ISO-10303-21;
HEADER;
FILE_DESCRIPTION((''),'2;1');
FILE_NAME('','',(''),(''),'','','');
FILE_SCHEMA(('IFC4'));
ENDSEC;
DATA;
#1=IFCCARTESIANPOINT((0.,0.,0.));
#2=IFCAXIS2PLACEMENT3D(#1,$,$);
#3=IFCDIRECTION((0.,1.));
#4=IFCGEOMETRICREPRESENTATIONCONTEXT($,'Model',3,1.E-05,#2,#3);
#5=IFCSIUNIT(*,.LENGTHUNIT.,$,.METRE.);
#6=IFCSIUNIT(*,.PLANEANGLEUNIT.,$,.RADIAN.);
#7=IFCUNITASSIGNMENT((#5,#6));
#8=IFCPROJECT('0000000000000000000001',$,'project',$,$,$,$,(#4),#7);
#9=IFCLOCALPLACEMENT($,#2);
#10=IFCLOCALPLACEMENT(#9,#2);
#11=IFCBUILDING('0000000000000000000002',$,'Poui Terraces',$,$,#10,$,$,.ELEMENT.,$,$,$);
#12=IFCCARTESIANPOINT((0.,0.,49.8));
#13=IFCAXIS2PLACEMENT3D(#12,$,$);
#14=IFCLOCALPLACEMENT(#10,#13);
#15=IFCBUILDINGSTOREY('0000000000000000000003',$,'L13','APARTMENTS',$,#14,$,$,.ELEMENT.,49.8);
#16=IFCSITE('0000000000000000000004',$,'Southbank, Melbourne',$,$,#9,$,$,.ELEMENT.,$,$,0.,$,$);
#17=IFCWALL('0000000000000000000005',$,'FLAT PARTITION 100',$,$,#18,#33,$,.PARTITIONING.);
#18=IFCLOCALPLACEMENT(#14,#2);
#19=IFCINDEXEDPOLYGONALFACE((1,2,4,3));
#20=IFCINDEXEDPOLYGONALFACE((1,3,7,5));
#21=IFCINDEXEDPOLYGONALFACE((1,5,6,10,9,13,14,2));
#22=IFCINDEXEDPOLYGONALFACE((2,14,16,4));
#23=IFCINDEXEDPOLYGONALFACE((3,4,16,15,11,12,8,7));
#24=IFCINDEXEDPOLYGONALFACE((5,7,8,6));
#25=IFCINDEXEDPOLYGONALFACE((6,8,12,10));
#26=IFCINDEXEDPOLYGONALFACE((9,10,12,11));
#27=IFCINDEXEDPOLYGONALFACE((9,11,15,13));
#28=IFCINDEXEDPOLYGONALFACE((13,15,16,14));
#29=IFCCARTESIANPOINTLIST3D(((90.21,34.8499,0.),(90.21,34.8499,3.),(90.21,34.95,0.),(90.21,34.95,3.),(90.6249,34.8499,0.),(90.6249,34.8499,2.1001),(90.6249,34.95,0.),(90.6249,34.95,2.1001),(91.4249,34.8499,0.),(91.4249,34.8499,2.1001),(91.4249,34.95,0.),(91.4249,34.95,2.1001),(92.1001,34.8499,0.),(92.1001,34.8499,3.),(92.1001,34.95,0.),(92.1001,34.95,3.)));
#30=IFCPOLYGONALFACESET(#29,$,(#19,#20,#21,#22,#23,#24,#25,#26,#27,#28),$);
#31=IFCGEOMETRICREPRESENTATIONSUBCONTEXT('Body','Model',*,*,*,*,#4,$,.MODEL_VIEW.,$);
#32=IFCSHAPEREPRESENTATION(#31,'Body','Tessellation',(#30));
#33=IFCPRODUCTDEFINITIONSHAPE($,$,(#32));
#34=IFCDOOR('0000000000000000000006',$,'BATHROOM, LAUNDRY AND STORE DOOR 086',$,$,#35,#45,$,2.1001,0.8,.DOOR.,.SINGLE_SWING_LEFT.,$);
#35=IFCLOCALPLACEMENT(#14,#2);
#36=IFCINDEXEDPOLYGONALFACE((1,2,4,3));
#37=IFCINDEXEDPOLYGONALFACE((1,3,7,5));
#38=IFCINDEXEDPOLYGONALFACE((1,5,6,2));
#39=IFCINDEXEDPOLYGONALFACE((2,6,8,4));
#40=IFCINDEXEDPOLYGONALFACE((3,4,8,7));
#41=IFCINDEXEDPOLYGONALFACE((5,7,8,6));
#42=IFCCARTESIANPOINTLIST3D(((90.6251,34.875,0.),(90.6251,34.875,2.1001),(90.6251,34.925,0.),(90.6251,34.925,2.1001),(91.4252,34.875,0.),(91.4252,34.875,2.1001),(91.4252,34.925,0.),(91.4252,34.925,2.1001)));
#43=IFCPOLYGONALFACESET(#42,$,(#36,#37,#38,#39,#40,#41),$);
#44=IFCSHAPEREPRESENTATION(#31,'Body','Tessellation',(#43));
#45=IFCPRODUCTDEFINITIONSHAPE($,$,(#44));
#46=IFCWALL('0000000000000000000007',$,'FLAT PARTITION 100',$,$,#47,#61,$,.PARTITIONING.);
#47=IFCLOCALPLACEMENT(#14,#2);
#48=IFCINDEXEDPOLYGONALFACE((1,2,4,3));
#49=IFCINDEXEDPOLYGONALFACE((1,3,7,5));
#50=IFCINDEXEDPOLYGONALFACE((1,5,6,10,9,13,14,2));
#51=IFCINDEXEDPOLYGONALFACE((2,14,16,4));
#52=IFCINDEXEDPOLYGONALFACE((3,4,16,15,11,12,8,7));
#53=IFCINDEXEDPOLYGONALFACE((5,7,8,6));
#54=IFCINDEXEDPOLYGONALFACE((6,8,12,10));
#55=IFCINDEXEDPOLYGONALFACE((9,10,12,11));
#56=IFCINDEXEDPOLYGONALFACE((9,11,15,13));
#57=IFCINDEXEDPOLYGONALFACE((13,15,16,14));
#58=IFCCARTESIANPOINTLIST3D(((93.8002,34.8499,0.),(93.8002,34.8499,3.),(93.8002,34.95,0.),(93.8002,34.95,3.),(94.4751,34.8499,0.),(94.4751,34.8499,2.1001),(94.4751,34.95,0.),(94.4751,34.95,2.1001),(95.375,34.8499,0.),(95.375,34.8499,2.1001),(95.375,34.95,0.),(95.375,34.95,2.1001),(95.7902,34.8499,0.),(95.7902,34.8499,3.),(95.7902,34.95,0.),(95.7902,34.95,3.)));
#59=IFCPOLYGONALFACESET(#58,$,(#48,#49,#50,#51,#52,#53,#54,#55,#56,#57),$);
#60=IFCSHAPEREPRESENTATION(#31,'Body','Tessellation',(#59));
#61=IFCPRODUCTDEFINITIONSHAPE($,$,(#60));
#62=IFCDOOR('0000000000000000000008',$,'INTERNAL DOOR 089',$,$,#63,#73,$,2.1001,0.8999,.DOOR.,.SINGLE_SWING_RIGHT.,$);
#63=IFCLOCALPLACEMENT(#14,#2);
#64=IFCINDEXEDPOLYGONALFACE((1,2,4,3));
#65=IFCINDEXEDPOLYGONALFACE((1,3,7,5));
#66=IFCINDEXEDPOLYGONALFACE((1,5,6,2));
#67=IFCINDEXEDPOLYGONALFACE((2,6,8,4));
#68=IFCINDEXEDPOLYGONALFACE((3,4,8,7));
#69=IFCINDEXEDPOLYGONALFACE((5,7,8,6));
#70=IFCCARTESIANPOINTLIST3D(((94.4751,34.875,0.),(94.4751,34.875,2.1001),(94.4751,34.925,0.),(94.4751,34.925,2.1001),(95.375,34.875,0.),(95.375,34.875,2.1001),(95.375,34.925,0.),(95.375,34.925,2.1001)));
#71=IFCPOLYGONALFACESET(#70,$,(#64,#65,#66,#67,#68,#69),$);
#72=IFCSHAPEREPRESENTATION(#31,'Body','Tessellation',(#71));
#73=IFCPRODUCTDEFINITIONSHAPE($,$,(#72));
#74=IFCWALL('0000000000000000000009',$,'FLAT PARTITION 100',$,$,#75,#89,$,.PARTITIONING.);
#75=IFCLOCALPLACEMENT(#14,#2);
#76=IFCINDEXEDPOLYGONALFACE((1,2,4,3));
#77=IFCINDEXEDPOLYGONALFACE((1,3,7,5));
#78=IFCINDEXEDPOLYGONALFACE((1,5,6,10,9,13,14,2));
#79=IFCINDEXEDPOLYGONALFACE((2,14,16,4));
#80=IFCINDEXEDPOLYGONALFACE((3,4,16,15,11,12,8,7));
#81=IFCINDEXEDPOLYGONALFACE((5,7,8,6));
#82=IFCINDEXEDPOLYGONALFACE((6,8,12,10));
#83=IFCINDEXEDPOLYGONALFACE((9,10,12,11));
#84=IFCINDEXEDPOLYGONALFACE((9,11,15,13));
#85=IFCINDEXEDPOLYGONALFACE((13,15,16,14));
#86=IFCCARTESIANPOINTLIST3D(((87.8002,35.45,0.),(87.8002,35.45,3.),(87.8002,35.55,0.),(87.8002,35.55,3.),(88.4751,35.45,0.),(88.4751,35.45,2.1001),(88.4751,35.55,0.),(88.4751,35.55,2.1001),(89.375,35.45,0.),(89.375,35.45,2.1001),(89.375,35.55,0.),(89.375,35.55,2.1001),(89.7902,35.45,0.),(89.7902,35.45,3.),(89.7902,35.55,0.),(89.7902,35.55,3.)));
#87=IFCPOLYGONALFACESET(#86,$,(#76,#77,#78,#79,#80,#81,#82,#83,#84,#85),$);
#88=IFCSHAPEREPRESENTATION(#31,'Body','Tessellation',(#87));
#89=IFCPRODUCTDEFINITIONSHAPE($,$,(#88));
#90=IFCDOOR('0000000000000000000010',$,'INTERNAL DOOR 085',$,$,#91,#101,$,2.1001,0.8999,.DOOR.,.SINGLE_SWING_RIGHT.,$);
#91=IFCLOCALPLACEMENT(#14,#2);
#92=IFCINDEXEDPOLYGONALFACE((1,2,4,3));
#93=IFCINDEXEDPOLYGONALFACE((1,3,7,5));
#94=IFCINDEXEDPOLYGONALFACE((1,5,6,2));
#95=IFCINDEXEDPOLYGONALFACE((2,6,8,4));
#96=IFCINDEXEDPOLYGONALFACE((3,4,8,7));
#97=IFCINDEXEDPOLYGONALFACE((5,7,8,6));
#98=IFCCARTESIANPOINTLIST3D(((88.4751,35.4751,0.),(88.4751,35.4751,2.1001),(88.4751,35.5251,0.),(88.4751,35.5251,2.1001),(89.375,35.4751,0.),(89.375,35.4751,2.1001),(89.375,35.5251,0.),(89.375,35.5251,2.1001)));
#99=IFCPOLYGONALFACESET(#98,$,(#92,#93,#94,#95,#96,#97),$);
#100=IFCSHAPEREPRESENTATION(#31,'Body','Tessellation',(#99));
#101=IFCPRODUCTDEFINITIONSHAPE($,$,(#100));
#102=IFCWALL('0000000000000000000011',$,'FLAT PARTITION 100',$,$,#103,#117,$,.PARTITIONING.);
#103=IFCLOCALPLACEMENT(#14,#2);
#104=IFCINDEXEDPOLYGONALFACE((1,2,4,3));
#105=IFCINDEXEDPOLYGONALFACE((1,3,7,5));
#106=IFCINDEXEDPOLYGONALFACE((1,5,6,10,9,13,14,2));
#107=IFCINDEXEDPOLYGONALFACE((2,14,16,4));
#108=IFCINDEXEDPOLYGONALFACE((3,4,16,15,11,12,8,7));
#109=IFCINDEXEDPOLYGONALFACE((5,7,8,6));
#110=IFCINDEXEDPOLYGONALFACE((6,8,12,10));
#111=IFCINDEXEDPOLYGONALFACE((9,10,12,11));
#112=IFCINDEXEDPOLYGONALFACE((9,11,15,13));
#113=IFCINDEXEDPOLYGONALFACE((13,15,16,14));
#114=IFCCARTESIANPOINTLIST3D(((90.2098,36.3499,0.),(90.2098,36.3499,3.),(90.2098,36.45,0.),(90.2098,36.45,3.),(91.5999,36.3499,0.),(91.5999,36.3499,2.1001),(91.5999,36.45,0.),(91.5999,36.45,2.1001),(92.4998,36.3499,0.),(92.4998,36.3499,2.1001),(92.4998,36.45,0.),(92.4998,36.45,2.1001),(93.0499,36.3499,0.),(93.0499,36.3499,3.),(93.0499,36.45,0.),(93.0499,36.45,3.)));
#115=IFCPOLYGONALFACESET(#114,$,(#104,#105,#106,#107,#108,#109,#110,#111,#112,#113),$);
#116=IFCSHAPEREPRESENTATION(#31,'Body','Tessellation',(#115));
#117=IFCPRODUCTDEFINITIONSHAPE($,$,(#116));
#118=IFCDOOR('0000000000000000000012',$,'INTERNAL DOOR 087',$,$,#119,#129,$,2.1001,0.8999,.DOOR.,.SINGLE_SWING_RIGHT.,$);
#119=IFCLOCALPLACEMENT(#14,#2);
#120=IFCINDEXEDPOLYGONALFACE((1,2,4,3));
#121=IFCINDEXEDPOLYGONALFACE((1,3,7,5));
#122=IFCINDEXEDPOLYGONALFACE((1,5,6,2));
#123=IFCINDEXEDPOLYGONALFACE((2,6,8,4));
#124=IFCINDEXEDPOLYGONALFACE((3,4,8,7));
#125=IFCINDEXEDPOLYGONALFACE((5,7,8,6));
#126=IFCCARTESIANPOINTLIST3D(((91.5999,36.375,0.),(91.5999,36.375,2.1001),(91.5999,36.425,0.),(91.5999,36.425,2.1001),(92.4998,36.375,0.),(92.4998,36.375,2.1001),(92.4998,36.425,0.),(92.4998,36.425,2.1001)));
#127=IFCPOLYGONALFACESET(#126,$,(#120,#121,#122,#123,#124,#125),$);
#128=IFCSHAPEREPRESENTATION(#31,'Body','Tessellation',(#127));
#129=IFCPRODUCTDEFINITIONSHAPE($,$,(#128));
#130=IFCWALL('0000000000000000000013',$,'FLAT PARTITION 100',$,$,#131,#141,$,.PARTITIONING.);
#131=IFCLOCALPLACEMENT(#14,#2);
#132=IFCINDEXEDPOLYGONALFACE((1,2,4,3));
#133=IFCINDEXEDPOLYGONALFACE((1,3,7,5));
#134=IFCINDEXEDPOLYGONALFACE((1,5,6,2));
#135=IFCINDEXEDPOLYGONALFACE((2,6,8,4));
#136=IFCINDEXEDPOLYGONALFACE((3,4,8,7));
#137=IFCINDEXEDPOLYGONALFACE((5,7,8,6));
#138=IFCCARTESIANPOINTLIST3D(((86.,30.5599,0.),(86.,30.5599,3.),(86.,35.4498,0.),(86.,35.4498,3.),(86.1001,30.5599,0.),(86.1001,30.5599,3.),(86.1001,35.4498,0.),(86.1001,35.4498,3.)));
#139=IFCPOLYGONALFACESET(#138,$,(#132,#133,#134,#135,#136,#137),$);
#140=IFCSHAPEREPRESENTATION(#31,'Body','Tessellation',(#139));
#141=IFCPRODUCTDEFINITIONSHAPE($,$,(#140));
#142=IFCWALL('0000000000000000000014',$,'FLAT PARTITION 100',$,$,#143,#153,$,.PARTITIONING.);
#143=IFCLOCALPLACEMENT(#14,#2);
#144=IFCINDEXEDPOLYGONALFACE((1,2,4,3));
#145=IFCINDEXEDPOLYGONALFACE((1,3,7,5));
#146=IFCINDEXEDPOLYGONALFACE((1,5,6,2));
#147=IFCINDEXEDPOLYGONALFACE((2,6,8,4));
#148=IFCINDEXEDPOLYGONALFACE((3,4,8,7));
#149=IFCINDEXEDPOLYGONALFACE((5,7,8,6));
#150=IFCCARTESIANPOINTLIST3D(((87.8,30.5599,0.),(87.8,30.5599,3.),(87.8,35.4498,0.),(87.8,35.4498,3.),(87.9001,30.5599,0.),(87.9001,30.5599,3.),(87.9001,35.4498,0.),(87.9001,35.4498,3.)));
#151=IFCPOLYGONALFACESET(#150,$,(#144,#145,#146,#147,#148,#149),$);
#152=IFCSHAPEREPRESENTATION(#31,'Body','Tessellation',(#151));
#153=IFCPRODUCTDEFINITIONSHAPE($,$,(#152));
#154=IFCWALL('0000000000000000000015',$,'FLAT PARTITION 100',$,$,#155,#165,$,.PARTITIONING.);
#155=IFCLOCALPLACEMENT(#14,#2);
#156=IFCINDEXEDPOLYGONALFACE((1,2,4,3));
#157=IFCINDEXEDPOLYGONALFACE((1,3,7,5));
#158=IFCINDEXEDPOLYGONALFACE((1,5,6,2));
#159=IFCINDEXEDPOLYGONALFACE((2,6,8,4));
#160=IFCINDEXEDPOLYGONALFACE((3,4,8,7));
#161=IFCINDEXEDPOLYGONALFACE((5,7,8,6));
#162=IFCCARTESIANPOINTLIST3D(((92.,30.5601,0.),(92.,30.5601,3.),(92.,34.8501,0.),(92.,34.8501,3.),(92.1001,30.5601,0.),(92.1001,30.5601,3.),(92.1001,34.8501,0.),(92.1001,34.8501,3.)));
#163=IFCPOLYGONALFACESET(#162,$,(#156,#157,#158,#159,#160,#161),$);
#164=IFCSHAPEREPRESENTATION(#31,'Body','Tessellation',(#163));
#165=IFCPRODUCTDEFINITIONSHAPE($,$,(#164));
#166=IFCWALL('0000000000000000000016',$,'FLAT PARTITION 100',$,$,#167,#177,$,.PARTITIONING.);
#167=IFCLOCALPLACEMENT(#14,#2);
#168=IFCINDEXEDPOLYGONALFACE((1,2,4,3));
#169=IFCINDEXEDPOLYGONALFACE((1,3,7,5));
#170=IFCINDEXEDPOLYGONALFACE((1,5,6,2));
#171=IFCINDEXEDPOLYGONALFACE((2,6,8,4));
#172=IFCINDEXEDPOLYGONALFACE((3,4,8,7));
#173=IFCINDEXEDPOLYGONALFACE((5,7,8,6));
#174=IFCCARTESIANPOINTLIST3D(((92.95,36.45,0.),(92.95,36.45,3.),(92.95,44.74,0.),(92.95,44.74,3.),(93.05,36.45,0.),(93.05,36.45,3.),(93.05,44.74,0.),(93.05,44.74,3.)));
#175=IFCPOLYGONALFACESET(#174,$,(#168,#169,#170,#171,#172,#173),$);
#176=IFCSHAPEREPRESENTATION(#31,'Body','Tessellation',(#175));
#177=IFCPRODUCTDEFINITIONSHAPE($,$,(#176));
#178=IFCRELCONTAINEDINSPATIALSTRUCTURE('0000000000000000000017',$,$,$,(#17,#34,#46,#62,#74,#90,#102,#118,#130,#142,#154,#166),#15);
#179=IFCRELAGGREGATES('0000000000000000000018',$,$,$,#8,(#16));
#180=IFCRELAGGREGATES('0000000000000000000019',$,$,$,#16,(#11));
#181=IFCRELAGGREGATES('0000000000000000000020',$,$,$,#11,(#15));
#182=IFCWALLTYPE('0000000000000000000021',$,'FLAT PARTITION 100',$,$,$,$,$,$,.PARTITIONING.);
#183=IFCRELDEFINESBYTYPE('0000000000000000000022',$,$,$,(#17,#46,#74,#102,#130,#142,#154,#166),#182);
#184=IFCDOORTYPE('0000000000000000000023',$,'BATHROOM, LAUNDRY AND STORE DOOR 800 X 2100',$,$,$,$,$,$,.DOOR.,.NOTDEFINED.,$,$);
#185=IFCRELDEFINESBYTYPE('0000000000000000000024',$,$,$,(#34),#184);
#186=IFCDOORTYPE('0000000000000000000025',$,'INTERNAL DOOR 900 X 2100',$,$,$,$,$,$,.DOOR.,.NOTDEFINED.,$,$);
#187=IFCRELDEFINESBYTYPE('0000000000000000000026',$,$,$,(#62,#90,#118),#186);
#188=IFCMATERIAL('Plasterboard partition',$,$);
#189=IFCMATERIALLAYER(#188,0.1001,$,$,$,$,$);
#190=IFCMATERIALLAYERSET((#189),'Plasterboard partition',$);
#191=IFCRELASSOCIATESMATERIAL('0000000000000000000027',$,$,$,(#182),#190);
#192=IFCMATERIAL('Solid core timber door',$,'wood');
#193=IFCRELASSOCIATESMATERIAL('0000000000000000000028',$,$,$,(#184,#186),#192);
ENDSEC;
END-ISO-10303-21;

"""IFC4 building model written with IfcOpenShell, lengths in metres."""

from ifc_helpers import new_model, si_unit, direction, frame, frame_2d, origin, place, context, subcontext, project, spatial, rectangle, extrude, material, layer, layer_set, type_object, element, fill, save


model = new_model("IFC4")

# Units and contexts
model_context = context("Model", 3, precision=1e-05, world=origin(), true_north=direction((0.0, 1.0)))
body_context = subcontext(model_context, "Body", "Model", "MODEL_VIEW")
ifc_project = project(units=[si_unit("LENGTHUNIT", "METRE"), si_unit("PLANEANGLEUNIT", "RADIAN")], contexts=[model_context])

# Site, building, storey
site_placement = place(None, origin())
site = spatial("IfcSite", under=ifc_project, at=site_placement, Name="Southbank, Melbourne", CompositionType="ELEMENT", RefElevation=0.0)
building_placement = place(site_placement, origin())
building = spatial("IfcBuilding", under=site, at=building_placement, Name="Poui Terraces", CompositionType="ELEMENT")
storey_placement = place(building_placement, frame((0.0, 0.0, 49.8)))
storey = spatial("IfcBuildingStorey", under=building, at=storey_placement, Name="L13", Description="APARTMENTS", CompositionType="ELEMENT", Elevation=49.8)

# Walls, openings, doors
ifc_material_1 = material(Name="Plasterboard partition")
ifc_layer_1 = layer(ifc_material_1, 0.1001)
ifc_layer_set_1 = layer_set([ifc_layer_1], Name="Plasterboard partition")
wall_type_1 = type_object("IfcWallType", Name="FLAT PARTITION 100", PredefinedType="PARTITIONING", material=ifc_layer_set_1)
wall_1_placement = place(storey_placement, frame((90.21, 34.8999, 0.0), z_axis=(0.0, 0.0, 1.0), x_axis=(1.0, 0.0, 0.0)))
wall_1 = element("IfcWall", 1, at=wall_1_placement, inside=storey, type_object=wall_type_1, Name="FLAT PARTITION 100", PredefinedType="PARTITIONING", context=body_context, shape_type="SweptSolid", body=[
    extrude(rectangle(XDim=1.8901, YDim=0.1001, at=frame_2d((0.9451, 0.0))), origin(), (0.0, 0.0, 1.0), 3.0),
])
opening_1_placement = place(wall_1_placement, frame((0.415, 0.0, 0.0)))
opening_1 = element("IfcOpeningElement", 2, at=opening_1_placement, cuts=wall_1, PredefinedType="OPENING", context=body_context, shape_type="SweptSolid", body=[
    extrude(rectangle(XDim=0.8, YDim=2.1001, at=frame_2d((0.3999, 1.05))), frame((0.0, 0.0601, 0.0), z_axis=(0.0, -1.0, 0.0), x_axis=(1.0, 0.0, 0.0)), (0.0, 0.0, 1.0), 0.1201),
])
ifc_material_2 = material(Name="Solid core timber door", Category="wood")
door_type_1 = type_object("IfcDoorType", Name="BATHROOM, LAUNDRY AND STORE DOOR 800 X 2100", OperationType="NOTDEFINED", PredefinedType="DOOR", material=ifc_material_2)
door_1_placement = place(opening_1_placement, frame((0.8, 0.0, 0.0), z_axis=(0.0, 0.0, 1.0), x_axis=(-1.0, 0.0, 0.0)))
door_1 = element("IfcDoor", 3, at=door_1_placement, inside=storey, type_object=door_type_1, Name="BATHROOM, LAUNDRY AND STORE DOOR 086", OperationType="SINGLE_SWING_LEFT", OverallHeight=2.1001, OverallWidth=0.8, PredefinedType="DOOR", context=body_context, shape_type="SweptSolid", body=[
    extrude(rectangle(XDim=0.8, YDim=2.1001, at=frame_2d((0.3999, 1.05))), frame((0.0, 0.0249, 0.0), z_axis=(0.0, -1.0, 0.0), x_axis=(1.0, 0.0, 0.0)), (0.0, 0.0, 1.0), 0.05),
])
fill(opening_1, door_1)
wall_2_placement = place(storey_placement, frame((93.8, 34.8999, 0.0), z_axis=(0.0, 0.0, 1.0), x_axis=(1.0, 0.0, 0.0)))
wall_2 = element("IfcWall", 4, at=wall_2_placement, inside=storey, type_object=wall_type_1, Name="FLAT PARTITION 100", PredefinedType="PARTITIONING", context=body_context, shape_type="SweptSolid", body=[
    extrude(rectangle(XDim=1.99, YDim=0.1001, at=frame_2d((0.9951, 0.0))), origin(), (0.0, 0.0, 1.0), 3.0),
])
opening_2_placement = place(wall_2_placement, frame((0.675, 0.0, 0.0)))
opening_2 = element("IfcOpeningElement", 5, at=opening_2_placement, cuts=wall_2, PredefinedType="OPENING", context=body_context, shape_type="SweptSolid", body=[
    extrude(rectangle(XDim=0.8999, YDim=2.1001, at=frame_2d((0.45, 1.05))), frame((0.0, 0.0601, 0.0), z_axis=(0.0, -1.0, 0.0), x_axis=(1.0, 0.0, 0.0)), (0.0, 0.0, 1.0), 0.1201),
])
door_type_2 = type_object("IfcDoorType", Name="INTERNAL DOOR 900 X 2100", OperationType="NOTDEFINED", PredefinedType="DOOR", material=ifc_material_2)
door_2_placement = place(opening_2_placement, frame((0.8999, 0.0, 0.0), z_axis=(0.0, 0.0, 1.0), x_axis=(-1.0, 0.0, 0.0)))
door_2 = element("IfcDoor", 6, at=door_2_placement, inside=storey, type_object=door_type_2, Name="INTERNAL DOOR 089", OperationType="SINGLE_SWING_RIGHT", OverallHeight=2.1001, OverallWidth=0.8999, PredefinedType="DOOR", context=body_context, shape_type="SweptSolid", body=[
    extrude(rectangle(XDim=0.8999, YDim=2.1001, at=frame_2d((0.45, 1.05))), frame((0.0, 0.0249, 0.0), z_axis=(0.0, -1.0, 0.0), x_axis=(1.0, 0.0, 0.0)), (0.0, 0.0, 1.0), 0.05),
])
fill(opening_2, door_2)
wall_3_placement = place(storey_placement, frame((87.8, 35.5, 0.0), z_axis=(0.0, 0.0, 1.0), x_axis=(1.0, 0.0, 0.0)))
wall_3 = element("IfcWall", 7, at=wall_3_placement, inside=storey, type_object=wall_type_1, Name="FLAT PARTITION 100", PredefinedType="PARTITIONING", context=body_context, shape_type="SweptSolid", body=[
    extrude(rectangle(XDim=1.99, YDim=0.1001, at=frame_2d((0.9951, 0.0))), origin(), (0.0, 0.0, 1.0), 3.0),
])
opening_3_placement = place(wall_3_placement, frame((0.675, 0.0, 0.0)))
opening_3 = element("IfcOpeningElement", 8, at=opening_3_placement, cuts=wall_3, PredefinedType="OPENING", context=body_context, shape_type="SweptSolid", body=[
    extrude(rectangle(XDim=0.8999, YDim=2.1001, at=frame_2d((0.45, 1.05))), frame((0.0, 0.0601, 0.0), z_axis=(0.0, -1.0, 0.0), x_axis=(1.0, 0.0, 0.0)), (0.0, 0.0, 1.0), 0.1201),
])
door_3_placement = place(opening_3_placement, frame((0.8999, 0.0, 0.0), z_axis=(0.0, 0.0, 1.0), x_axis=(-1.0, 0.0, 0.0)))
door_3 = element("IfcDoor", 9, at=door_3_placement, inside=storey, type_object=door_type_2, Name="INTERNAL DOOR 085", OperationType="SINGLE_SWING_RIGHT", OverallHeight=2.1001, OverallWidth=0.8999, PredefinedType="DOOR", context=body_context, shape_type="SweptSolid", body=[
    extrude(rectangle(XDim=0.8999, YDim=2.1001, at=frame_2d((0.45, 1.05))), frame((0.0, 0.0249, 0.0), z_axis=(0.0, -1.0, 0.0), x_axis=(1.0, 0.0, 0.0)), (0.0, 0.0, 1.0), 0.05),
])
fill(opening_3, door_3)
wall_4_placement = place(storey_placement, frame((90.21, 36.3999, 0.0), z_axis=(0.0, 0.0, 1.0), x_axis=(1.0, 0.0, 0.0)))
wall_4 = element("IfcWall", 10, at=wall_4_placement, inside=storey, type_object=wall_type_1, Name="FLAT PARTITION 100", PredefinedType="PARTITIONING", context=body_context, shape_type="SweptSolid", body=[
    extrude(rectangle(XDim=2.8401, YDim=0.1001, at=frame_2d((1.4199, 0.0))), origin(), (0.0, 0.0, 1.0), 3.0),
])
opening_4_placement = place(wall_4_placement, frame((1.3899, 0.0, 0.0)))
opening_4 = element("IfcOpeningElement", 11, at=opening_4_placement, cuts=wall_4, PredefinedType="OPENING", context=body_context, shape_type="SweptSolid", body=[
    extrude(rectangle(XDim=0.8999, YDim=2.1001, at=frame_2d((0.45, 1.05))), frame((0.0, 0.0601, 0.0), z_axis=(0.0, -1.0, 0.0), x_axis=(1.0, 0.0, 0.0)), (0.0, 0.0, 1.0), 0.1201),
])
door_4_placement = place(opening_4_placement, frame((0.8999, 0.0, 0.0), z_axis=(0.0, 0.0, 1.0), x_axis=(-1.0, 0.0, 0.0)))
door_4 = element("IfcDoor", 12, at=door_4_placement, inside=storey, type_object=door_type_2, Name="INTERNAL DOOR 087", OperationType="SINGLE_SWING_RIGHT", OverallHeight=2.1001, OverallWidth=0.8999, PredefinedType="DOOR", context=body_context, shape_type="SweptSolid", body=[
    extrude(rectangle(XDim=0.8999, YDim=2.1001, at=frame_2d((0.45, 1.05))), frame((0.0, 0.0249, 0.0), z_axis=(0.0, -1.0, 0.0), x_axis=(1.0, 0.0, 0.0)), (0.0, 0.0, 1.0), 0.05),
])
fill(opening_4, door_4)

# Walls
for number, where, z_axis, x_axis, name in (
    (13, (86.05, 30.5601, 0.0), (0.0, 0.0, 1.0), (0.0, 1.0, 0.0), "FLAT PARTITION 100"),
    (14, (87.8501, 30.5601, 0.0), (0.0, 0.0, 1.0), (0.0, 1.0, 0.0), "FLAT PARTITION 100"),
):
    element("IfcWall", number, at=place(storey_placement, frame(where, z_axis=z_axis, x_axis=x_axis)), inside=storey, type_object=wall_type_1, Name=name, PredefinedType="PARTITIONING", context=body_context, shape_type="SweptSolid", body=[
        extrude(rectangle(XDim=4.8899, YDim=0.1001, at=frame_2d((2.4448, 0.0))), origin(), (0.0, 0.0, 1.0), 3.0),
    ])
wall_5_placement = place(storey_placement, frame((92.05, 30.5601, 0.0), z_axis=(0.0, 0.0, 1.0), x_axis=(0.0, 1.0, 0.0)))
element("IfcWall", 15, at=wall_5_placement, inside=storey, type_object=wall_type_1, Name="FLAT PARTITION 100", PredefinedType="PARTITIONING", context=body_context, shape_type="SweptSolid", body=[
    extrude(rectangle(XDim=4.29, YDim=0.1001, at=frame_2d((2.145, 0.0))), origin(), (0.0, 0.0, 1.0), 3.0),
])
wall_6_placement = place(storey_placement, frame((93.0, 36.45, 0.0), z_axis=(0.0, 0.0, 1.0), x_axis=(0.0, 1.0, 0.0)))
element("IfcWall", 16, at=wall_6_placement, inside=storey, type_object=wall_type_1, Name="FLAT PARTITION 100", PredefinedType="PARTITIONING", context=body_context, shape_type="SweptSolid", body=[
    extrude(rectangle(XDim=8.29, YDim=0.1001, at=frame_2d((4.145, 0.0))), origin(), (0.0, 0.0, 1.0), 3.0),
])

save(model, "model.ifc")
